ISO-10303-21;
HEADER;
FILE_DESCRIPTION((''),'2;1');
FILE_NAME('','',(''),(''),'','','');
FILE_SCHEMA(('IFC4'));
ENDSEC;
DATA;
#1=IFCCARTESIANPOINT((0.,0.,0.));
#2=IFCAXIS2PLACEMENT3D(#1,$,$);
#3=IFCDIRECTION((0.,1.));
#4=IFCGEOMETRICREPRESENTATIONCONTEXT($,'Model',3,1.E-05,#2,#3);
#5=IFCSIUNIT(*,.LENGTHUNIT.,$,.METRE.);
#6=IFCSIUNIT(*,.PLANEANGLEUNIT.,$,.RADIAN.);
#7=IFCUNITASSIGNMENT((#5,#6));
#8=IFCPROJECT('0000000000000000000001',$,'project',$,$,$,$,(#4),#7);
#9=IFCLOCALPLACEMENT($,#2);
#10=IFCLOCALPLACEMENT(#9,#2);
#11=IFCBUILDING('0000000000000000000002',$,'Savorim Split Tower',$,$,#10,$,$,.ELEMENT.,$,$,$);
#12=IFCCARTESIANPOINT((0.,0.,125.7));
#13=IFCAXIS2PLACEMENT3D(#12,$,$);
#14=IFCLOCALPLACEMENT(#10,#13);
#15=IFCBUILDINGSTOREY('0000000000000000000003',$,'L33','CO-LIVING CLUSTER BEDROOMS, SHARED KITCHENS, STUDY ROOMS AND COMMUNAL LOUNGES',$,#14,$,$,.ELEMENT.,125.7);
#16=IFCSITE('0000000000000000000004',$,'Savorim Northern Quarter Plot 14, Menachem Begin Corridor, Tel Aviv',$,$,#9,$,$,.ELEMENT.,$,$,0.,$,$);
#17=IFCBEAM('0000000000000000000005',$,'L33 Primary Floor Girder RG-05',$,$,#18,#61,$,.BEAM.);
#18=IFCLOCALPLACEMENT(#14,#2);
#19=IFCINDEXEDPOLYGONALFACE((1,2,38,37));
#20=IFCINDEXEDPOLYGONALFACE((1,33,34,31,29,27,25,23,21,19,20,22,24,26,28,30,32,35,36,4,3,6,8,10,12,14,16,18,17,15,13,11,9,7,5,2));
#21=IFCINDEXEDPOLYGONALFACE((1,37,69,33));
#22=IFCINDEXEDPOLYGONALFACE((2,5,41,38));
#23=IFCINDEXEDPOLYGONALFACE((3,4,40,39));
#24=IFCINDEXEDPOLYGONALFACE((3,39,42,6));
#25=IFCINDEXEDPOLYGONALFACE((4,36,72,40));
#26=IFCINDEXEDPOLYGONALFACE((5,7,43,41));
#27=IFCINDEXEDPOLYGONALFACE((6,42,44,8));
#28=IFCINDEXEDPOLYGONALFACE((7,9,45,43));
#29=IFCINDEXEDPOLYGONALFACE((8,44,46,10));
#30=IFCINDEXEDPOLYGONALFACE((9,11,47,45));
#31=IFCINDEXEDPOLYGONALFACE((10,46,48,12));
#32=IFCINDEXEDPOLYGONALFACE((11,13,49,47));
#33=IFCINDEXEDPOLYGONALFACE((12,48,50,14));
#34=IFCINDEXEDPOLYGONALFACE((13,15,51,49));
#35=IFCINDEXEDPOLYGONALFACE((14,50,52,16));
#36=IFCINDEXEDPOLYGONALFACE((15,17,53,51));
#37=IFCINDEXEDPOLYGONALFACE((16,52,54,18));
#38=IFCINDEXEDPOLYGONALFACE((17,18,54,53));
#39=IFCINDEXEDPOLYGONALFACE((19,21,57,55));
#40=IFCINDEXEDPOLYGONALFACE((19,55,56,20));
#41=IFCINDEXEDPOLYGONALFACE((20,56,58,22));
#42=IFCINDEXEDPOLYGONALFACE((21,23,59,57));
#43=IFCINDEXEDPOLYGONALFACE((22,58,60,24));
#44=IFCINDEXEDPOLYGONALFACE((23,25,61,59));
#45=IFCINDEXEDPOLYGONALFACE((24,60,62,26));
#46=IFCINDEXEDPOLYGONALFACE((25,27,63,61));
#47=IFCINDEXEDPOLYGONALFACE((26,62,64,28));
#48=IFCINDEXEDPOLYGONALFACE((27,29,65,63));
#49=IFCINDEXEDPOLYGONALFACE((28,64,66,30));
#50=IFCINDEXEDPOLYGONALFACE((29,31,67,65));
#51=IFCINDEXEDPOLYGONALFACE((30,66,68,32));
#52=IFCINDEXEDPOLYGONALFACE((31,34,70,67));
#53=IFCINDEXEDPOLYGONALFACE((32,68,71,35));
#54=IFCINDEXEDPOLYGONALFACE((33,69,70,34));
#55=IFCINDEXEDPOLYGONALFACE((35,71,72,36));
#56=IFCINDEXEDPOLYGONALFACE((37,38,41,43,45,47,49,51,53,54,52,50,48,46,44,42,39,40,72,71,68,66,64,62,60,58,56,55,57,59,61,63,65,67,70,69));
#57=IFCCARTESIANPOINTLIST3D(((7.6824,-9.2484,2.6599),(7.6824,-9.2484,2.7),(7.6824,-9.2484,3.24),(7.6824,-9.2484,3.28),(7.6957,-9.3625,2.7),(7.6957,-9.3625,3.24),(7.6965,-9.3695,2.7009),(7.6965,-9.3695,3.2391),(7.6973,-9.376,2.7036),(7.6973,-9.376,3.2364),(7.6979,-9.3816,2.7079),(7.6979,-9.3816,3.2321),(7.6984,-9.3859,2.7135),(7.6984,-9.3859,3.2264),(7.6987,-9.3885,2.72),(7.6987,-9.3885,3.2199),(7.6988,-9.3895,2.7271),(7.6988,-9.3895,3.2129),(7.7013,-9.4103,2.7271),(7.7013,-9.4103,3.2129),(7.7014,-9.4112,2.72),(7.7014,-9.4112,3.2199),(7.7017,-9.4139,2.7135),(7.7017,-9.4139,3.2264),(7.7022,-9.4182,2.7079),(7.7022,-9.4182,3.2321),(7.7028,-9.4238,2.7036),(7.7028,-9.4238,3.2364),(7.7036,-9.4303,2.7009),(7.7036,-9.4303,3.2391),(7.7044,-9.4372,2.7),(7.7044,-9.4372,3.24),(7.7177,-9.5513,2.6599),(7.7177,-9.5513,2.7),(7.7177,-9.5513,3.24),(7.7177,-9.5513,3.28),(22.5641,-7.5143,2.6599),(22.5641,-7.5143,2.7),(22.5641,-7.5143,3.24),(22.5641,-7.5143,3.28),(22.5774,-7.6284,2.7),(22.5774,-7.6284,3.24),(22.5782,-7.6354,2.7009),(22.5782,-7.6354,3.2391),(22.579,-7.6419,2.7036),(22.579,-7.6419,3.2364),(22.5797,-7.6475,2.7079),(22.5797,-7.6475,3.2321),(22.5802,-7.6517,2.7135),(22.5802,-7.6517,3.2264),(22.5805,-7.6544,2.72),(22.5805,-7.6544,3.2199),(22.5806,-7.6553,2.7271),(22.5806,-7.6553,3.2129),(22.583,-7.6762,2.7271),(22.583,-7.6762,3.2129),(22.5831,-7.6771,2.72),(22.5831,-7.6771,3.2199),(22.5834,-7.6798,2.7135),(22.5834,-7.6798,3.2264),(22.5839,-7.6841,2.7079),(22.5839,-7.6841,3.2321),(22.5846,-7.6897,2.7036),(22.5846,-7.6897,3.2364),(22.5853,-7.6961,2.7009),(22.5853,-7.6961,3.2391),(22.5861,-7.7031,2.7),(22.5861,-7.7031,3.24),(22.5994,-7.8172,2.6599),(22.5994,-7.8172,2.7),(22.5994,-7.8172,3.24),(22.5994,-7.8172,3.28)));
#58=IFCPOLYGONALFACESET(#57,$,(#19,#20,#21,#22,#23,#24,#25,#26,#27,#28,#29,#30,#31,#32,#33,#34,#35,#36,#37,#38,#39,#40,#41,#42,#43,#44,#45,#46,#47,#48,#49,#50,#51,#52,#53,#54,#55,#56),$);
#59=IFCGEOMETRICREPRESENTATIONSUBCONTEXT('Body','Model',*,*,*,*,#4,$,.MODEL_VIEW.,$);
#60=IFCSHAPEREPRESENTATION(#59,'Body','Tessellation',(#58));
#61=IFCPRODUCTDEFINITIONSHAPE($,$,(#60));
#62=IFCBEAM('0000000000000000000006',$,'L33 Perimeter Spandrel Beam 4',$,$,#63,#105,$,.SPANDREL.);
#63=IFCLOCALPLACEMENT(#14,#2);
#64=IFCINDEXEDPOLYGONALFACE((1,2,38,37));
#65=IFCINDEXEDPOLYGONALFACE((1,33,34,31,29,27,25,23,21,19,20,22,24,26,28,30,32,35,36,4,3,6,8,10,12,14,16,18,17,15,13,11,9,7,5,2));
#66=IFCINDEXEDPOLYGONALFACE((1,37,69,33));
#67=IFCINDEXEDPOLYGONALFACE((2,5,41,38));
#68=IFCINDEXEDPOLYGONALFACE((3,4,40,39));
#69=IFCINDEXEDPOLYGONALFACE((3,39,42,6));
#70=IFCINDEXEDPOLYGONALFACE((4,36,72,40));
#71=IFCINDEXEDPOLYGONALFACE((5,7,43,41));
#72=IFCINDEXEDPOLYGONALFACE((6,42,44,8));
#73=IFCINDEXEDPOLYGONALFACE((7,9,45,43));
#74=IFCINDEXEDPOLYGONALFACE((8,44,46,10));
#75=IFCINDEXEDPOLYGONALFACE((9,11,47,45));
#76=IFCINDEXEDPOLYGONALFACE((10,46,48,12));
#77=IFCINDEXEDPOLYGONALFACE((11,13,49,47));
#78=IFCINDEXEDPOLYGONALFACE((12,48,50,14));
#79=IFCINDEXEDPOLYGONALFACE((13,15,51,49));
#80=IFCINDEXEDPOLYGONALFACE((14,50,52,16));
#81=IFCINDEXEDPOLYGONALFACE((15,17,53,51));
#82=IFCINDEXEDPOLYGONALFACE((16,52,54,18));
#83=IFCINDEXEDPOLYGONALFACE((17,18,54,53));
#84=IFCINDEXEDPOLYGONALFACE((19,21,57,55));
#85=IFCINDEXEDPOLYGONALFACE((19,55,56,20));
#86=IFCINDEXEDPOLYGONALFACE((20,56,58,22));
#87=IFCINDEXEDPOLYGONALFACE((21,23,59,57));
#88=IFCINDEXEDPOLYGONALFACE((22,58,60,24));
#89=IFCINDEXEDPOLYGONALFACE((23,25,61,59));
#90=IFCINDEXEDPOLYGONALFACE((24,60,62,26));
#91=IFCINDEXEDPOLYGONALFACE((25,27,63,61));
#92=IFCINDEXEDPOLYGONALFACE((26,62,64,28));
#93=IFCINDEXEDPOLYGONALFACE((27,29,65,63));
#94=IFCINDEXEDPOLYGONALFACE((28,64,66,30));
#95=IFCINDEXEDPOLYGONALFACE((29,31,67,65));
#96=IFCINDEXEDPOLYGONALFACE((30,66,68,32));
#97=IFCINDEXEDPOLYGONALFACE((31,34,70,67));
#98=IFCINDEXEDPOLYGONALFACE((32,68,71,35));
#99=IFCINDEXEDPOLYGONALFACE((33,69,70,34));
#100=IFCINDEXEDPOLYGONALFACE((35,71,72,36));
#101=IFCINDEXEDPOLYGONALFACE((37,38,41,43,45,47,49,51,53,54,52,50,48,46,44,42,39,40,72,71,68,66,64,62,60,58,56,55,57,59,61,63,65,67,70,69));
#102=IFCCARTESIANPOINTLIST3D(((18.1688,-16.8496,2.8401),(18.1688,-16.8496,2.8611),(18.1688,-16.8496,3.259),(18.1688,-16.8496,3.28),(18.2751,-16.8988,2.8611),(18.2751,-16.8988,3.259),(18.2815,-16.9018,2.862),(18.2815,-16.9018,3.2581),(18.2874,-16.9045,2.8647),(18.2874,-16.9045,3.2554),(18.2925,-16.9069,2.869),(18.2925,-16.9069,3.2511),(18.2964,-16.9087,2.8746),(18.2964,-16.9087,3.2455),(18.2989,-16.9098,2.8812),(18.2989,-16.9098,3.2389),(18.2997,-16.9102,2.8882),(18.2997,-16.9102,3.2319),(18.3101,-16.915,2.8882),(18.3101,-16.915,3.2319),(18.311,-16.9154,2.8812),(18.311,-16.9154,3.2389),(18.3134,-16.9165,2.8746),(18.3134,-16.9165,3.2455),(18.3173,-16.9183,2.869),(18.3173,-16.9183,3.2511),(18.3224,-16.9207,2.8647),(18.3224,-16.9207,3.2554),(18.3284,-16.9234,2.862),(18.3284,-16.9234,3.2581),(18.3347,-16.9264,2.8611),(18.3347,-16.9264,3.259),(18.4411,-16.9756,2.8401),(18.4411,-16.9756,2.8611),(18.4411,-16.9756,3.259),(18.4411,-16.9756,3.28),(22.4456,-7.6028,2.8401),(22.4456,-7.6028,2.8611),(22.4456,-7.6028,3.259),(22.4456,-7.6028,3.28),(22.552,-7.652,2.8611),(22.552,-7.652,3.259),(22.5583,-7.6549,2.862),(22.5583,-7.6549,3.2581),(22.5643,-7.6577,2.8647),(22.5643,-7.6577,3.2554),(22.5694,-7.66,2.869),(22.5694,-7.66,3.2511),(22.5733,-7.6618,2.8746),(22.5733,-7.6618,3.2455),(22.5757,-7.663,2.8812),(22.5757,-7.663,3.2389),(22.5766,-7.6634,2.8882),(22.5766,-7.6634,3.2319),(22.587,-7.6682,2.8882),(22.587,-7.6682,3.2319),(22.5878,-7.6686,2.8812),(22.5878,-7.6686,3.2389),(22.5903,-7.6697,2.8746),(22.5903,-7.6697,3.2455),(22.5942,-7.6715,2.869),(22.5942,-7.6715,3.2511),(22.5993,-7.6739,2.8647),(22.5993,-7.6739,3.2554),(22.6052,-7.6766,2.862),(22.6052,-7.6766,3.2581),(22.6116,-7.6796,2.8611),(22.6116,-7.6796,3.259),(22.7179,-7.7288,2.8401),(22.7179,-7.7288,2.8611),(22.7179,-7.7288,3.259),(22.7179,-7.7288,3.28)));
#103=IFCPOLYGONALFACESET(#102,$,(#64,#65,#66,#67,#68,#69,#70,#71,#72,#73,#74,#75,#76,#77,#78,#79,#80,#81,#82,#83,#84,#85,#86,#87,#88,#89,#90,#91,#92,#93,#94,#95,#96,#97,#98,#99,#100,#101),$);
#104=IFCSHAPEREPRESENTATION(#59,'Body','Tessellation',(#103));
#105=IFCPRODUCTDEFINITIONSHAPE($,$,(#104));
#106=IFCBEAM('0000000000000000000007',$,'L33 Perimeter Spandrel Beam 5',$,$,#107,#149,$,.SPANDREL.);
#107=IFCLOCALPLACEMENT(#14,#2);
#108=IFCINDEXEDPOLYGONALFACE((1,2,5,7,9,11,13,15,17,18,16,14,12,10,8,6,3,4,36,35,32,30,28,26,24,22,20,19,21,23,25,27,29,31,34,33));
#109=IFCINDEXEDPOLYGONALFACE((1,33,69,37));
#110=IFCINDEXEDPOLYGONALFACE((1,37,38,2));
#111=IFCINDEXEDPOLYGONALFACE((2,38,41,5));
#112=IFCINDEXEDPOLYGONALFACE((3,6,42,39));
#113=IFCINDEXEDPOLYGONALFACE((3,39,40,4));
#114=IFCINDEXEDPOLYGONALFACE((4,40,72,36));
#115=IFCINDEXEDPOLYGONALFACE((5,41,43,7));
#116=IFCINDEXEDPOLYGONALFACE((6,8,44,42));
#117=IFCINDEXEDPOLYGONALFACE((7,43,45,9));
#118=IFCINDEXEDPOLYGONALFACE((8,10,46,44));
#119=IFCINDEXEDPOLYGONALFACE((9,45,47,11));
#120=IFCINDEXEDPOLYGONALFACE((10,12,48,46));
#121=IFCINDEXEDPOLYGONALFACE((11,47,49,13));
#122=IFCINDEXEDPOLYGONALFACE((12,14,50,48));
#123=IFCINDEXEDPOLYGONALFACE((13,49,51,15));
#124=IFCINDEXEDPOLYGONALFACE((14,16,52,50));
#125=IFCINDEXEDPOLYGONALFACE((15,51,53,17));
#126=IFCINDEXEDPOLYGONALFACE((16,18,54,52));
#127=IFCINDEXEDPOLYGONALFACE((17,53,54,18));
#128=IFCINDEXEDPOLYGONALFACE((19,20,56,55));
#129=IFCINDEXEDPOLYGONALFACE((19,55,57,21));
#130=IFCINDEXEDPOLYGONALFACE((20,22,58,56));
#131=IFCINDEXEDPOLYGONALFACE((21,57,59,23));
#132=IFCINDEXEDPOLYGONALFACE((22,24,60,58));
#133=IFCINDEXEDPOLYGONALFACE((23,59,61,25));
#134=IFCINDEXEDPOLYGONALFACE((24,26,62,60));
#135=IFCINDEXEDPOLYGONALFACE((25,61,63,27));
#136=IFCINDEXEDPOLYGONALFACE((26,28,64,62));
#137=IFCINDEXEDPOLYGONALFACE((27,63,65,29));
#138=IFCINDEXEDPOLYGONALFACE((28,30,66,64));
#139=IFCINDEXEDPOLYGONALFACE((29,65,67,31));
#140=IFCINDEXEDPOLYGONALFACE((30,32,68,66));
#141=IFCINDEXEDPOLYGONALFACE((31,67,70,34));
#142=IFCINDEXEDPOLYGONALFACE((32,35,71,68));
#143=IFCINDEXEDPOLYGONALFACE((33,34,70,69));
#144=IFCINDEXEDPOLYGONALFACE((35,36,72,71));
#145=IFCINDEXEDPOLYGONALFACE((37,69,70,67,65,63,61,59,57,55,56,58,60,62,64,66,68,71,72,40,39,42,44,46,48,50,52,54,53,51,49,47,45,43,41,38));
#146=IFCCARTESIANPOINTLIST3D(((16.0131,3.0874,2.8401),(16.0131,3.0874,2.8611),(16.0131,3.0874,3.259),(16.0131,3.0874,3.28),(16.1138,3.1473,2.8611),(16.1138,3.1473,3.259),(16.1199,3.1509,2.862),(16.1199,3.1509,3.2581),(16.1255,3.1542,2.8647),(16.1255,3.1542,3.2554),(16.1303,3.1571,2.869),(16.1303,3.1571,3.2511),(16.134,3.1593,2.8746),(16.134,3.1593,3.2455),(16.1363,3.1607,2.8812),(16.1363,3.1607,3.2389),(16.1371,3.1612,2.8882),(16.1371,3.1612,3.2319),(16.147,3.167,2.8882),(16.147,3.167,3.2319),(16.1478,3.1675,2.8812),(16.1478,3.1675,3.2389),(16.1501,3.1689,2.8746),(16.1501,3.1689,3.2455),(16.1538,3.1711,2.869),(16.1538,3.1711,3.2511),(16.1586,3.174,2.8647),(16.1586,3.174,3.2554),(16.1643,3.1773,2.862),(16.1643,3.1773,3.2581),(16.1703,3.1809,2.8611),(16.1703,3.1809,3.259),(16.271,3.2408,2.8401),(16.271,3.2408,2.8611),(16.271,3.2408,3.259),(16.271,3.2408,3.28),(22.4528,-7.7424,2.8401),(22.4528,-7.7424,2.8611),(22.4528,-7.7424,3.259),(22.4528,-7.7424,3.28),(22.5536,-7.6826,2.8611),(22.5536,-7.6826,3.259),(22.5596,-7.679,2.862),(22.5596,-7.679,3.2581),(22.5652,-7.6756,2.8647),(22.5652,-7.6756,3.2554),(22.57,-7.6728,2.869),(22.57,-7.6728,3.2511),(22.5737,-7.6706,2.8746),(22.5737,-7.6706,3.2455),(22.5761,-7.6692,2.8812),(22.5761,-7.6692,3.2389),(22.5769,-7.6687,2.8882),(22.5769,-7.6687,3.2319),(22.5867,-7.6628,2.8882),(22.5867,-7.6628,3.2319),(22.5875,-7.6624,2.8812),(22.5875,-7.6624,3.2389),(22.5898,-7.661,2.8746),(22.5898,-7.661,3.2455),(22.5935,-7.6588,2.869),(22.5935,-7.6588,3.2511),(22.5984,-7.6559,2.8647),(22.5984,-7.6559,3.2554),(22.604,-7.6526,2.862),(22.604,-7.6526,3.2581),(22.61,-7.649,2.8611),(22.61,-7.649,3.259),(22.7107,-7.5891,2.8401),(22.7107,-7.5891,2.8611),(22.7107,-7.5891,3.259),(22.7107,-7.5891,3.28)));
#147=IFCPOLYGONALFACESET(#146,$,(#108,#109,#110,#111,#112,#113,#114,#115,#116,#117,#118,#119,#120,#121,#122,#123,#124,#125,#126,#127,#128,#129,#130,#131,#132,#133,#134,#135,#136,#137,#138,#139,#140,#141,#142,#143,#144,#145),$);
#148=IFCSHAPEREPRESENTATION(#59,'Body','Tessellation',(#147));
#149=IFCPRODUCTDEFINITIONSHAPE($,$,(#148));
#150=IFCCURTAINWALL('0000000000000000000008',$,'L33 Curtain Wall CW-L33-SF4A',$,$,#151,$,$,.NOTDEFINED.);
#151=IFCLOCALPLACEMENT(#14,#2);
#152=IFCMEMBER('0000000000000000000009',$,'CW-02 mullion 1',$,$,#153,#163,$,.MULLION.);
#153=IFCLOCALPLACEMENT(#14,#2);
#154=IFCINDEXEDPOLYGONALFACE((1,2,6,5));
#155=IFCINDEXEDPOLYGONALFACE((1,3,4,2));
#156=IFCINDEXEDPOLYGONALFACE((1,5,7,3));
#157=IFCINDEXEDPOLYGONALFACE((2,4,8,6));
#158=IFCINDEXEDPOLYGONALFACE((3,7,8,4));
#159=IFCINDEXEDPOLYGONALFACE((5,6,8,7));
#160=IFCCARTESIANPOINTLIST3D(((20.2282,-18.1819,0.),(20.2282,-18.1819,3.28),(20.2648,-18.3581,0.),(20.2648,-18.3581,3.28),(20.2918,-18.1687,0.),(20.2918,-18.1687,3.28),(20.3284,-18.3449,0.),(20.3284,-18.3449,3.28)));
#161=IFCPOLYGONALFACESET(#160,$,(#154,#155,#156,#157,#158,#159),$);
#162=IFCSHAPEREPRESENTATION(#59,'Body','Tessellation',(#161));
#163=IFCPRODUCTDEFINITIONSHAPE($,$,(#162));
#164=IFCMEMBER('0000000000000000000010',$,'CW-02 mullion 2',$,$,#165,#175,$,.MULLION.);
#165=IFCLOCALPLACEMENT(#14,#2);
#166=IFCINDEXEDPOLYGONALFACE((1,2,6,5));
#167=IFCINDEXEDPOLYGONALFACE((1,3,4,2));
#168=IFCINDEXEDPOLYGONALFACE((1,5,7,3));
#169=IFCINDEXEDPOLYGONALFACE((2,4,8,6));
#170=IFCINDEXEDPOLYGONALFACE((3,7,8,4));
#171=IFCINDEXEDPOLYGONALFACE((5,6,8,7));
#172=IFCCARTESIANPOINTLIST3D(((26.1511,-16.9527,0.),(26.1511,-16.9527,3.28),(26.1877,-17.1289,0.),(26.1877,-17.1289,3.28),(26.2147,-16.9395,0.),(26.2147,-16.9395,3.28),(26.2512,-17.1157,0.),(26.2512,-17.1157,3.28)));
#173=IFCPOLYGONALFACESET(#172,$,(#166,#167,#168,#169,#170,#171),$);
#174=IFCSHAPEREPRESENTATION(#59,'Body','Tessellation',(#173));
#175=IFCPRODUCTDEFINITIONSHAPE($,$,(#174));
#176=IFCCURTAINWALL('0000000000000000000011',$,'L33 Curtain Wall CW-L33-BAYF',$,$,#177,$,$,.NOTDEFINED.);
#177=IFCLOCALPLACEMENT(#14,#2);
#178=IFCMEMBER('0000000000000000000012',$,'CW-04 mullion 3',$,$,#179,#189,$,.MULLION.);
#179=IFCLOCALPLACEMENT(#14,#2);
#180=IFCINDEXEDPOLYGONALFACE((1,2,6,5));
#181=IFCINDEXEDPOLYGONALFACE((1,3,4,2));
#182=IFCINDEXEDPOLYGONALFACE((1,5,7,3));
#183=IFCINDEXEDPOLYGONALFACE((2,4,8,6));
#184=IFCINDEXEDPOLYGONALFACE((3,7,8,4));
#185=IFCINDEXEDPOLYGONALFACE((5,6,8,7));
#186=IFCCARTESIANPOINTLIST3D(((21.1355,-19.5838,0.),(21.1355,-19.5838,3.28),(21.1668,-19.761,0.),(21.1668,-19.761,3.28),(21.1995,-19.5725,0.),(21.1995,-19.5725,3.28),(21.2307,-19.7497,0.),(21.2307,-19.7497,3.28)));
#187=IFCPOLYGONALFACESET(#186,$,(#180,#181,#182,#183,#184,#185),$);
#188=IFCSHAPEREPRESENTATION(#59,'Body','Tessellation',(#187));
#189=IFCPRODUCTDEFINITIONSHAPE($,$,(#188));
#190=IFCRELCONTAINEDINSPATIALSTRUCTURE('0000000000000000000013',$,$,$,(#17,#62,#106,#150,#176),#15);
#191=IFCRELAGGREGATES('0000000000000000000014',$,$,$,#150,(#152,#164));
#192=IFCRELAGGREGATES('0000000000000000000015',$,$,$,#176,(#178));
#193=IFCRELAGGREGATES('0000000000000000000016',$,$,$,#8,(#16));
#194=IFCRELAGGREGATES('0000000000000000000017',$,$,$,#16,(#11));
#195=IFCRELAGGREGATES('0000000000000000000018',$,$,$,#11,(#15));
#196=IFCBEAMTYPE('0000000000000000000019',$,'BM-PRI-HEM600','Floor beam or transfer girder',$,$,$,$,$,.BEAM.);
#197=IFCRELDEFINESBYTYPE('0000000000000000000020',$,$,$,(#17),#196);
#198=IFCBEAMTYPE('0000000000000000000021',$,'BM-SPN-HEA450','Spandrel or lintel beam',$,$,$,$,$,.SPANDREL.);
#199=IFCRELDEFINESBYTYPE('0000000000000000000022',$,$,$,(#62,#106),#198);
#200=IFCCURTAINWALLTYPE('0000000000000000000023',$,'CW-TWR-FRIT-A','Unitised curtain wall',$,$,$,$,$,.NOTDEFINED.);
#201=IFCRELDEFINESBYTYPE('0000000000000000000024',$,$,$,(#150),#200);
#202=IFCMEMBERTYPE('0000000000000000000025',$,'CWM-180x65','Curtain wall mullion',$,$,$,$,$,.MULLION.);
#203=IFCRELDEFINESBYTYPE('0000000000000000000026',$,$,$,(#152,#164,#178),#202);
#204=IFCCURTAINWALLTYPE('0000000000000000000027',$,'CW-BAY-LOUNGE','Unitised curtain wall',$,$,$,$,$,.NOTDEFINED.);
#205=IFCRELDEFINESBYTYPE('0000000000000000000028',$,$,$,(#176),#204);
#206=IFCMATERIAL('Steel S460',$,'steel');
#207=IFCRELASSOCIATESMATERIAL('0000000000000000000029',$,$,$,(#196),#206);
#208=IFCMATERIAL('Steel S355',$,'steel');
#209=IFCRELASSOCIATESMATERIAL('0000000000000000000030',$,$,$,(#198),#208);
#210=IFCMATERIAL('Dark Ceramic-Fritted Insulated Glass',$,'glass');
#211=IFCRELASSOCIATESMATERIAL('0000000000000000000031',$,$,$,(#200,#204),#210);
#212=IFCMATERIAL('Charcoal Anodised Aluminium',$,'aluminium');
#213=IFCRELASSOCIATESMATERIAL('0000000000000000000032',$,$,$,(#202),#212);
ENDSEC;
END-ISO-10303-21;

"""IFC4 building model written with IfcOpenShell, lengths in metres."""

from ifc_helpers import new_model, si_unit, direction, frame, origin, origin_2d, place, context, subcontext, project, spatial, rectangle, i_section, extrude, material, material_profile, profile_set, type_object, element, aggregate, save


model = new_model("IFC4")

# Units and contexts
model_context = context("Model", 3, precision=1e-05, world=origin(), true_north=direction((0.0, 1.0)))
body_context = subcontext(model_context, "Body", "Model", "MODEL_VIEW")
ifc_project = project(units=[si_unit("LENGTHUNIT", "METRE"), si_unit("PLANEANGLEUNIT", "RADIAN")], contexts=[model_context])

# Site, building, storey
site_placement = place(None, origin())
site = spatial("IfcSite", under=ifc_project, at=site_placement, Name="Savorim Northern Quarter Plot 14, Menachem Begin Corridor, Tel Aviv", CompositionType="ELEMENT", RefElevation=0.0)
building_placement = place(site_placement, origin())
building = spatial("IfcBuilding", under=site, at=building_placement, Name="Savorim Split Tower", CompositionType="ELEMENT")
storey_placement = place(building_placement, frame((0.0, 0.0, 125.7)))
storey = spatial("IfcBuildingStorey", under=building, at=storey_placement, Name="L33", Description="CO-LIVING CLUSTER BEDROOMS, SHARED KITCHENS, STUDY ROOMS AND COMMUNAL LOUNGES", CompositionType="ELEMENT", Elevation=125.7)

# Shared definitions
ifc_material_1 = material(Name="Steel S460", Category="steel")

# Beams
ifc_material_2 = material(Name="Steel S355", Category="steel")
ifc_material_profile_1 = material_profile(ifc_material_1, i_section(OverallWidth=0.3049, OverallDepth=0.6201, WebThickness=0.021, FlangeThickness=0.04, FilletRadius=0.0271, at=origin_2d()), Name="HE 600 M")
ifc_profile_set_1 = profile_set([ifc_material_profile_1], Name="Steel S460")
beam_type_1 = type_object("IfcBeamType", Name="BM-PRI-HEM600", Description="Floor beam or transfer girder", PredefinedType="BEAM", material=ifc_profile_set_1)
beam_1_placement = place(storey_placement, frame((22.5818, -7.6658, 2.97), z_axis=(-0.993279, -0.115744, 0.0), x_axis=(0.115744, -0.993279, 0.0)))
element("IfcBeam", 1, at=beam_1_placement, inside=storey, type_object=beam_type_1, Name="L33 Primary Floor Girder RG-05", PredefinedType="BEAM", context=body_context, shape_type="SweptSolid", body=[
    extrude(i_section(OverallWidth=0.3049, OverallDepth=0.6201, WebThickness=0.021, FlangeThickness=0.04, FilletRadius=0.0271, at=origin_2d()), origin(), (0.0, 0.0, 1.0), 14.9824),
])
ifc_material_profile_2 = material_profile(ifc_material_2, i_section(OverallWidth=0.3, OverallDepth=0.4399, WebThickness=0.0115, FlangeThickness=0.021, FilletRadius=0.0271, at=origin_2d()), Name="HEA 450")
ifc_profile_set_2 = profile_set([ifc_material_profile_2], Name="Steel S355")
beam_type_2 = type_object("IfcBeamType", Name="BM-SPN-HEA450", Description="Spandrel or lintel beam", PredefinedType="SPANDREL", material=ifc_profile_set_2)
beam_2_placement = place(storey_placement, frame((18.3049, -16.9126, 3.0601), z_axis=(0.419794, 0.90762, 0.0), x_axis=(-0.90762, 0.419794, 0.0)))
element("IfcBeam", 2, at=beam_2_placement, inside=storey, type_object=beam_type_2, Name="L33 Perimeter Spandrel Beam 4", PredefinedType="SPANDREL", context=body_context, shape_type="SweptSolid", body=[
    extrude(i_section(OverallWidth=0.3, OverallDepth=0.4399, WebThickness=0.0115, FlangeThickness=0.021, FilletRadius=0.0271, at=origin_2d()), origin(), (0.0, 0.0, 1.0), 10.188),
])
beam_3_placement = place(storey_placement, frame((22.5818, -7.6658, 3.0601), z_axis=(-0.511095, 0.859524, 0.0), x_axis=(-0.859524, -0.511095, 0.0)))
element("IfcBeam", 3, at=beam_3_placement, inside=storey, type_object=beam_type_2, Name="L33 Perimeter Spandrel Beam 5", PredefinedType="SPANDREL", context=body_context, shape_type="SweptSolid", body=[
    extrude(i_section(OverallWidth=0.3, OverallDepth=0.4399, WebThickness=0.0115, FlangeThickness=0.021, FilletRadius=0.0271, at=origin_2d()), origin(), (0.0, 0.0, 1.0), 12.5999),
])

# Curtain wall, members
ifc_material_3 = material(Name="Dark Ceramic-Fritted Insulated Glass", Category="glass")
curtain_wall_type_1 = type_object("IfcCurtainWallType", Name="CW-TWR-FRIT-A", Description="Unitised curtain wall", PredefinedType="NOTDEFINED", material=ifc_material_3)
curtain_wall_1_placement = place(storey_placement, origin())
curtain_wall_1 = element("IfcCurtainWall", 4, at=curtain_wall_1_placement, inside=storey, type_object=curtain_wall_type_1, Name="L33 Curtain Wall CW-L33-SF4A", PredefinedType="NOTDEFINED")
ifc_material_4 = material(Name="Charcoal Anodised Aluminium", Category="aluminium")
ifc_material_profile_3 = material_profile(ifc_material_4, rectangle(XDim=0.1799, YDim=0.0649, at=origin_2d()), Name="ALU-M 180x65")
ifc_profile_set_3 = profile_set([ifc_material_profile_3], Name="Charcoal Anodised Aluminium")
member_type_1 = type_object("IfcMemberType", Name="CWM-180x65", Description="Curtain wall mullion", PredefinedType="MULLION", material=ifc_profile_set_3)
member_1_placement = place(storey_placement, frame((20.2783, -18.2634, 0.0), z_axis=(0.0, 0.0, 1.0), x_axis=(-0.20321, 0.979135, 0.0)))
member_1 = element("IfcMember", 5, at=member_1_placement, type_object=member_type_1, Name="CW-02 mullion 1", PredefinedType="MULLION", context=body_context, shape_type="SweptSolid", body=[
    extrude(rectangle(XDim=0.1799, YDim=0.0649, at=origin_2d()), origin(), (0.0, 0.0, 1.0), 3.28),
])
member_2_placement = place(storey_placement, frame((26.2012, -17.0342, 0.0), z_axis=(0.0, 0.0, 1.0), x_axis=(-0.20321, 0.979135, 0.0)))
member_2 = element("IfcMember", 6, at=member_2_placement, type_object=member_type_1, Name="CW-02 mullion 2", PredefinedType="MULLION", context=body_context, shape_type="SweptSolid", body=[
    extrude(rectangle(XDim=0.1799, YDim=0.0649, at=origin_2d()), origin(), (0.0, 0.0, 1.0), 3.28),
])

# Curtain wall, member
curtain_wall_type_2 = type_object("IfcCurtainWallType", Name="CW-BAY-LOUNGE", Description="Unitised curtain wall", PredefinedType="NOTDEFINED", material=ifc_material_3)
curtain_wall_2_placement = place(storey_placement, origin())
curtain_wall_2 = element("IfcCurtainWall", 7, at=curtain_wall_2_placement, inside=storey, type_object=curtain_wall_type_2, Name="L33 Curtain Wall CW-L33-BAYF", PredefinedType="NOTDEFINED")
member_3_placement = place(storey_placement, frame((21.1831, -19.6667, 0.0), z_axis=(0.0, 0.0, 1.0), x_axis=(-0.173703, 0.984798, 0.0)))
member_3 = element("IfcMember", 8, at=member_3_placement, type_object=member_type_1, Name="CW-04 mullion 3", PredefinedType="MULLION", context=body_context, shape_type="SweptSolid", body=[
    extrude(rectangle(XDim=0.1799, YDim=0.0649, at=origin_2d()), origin(), (0.0, 0.0, 1.0), 3.28),
])

aggregate(curtain_wall_1, [member_1, member_2])
aggregate(curtain_wall_2, [member_3])

save(model, "model.ifc")
